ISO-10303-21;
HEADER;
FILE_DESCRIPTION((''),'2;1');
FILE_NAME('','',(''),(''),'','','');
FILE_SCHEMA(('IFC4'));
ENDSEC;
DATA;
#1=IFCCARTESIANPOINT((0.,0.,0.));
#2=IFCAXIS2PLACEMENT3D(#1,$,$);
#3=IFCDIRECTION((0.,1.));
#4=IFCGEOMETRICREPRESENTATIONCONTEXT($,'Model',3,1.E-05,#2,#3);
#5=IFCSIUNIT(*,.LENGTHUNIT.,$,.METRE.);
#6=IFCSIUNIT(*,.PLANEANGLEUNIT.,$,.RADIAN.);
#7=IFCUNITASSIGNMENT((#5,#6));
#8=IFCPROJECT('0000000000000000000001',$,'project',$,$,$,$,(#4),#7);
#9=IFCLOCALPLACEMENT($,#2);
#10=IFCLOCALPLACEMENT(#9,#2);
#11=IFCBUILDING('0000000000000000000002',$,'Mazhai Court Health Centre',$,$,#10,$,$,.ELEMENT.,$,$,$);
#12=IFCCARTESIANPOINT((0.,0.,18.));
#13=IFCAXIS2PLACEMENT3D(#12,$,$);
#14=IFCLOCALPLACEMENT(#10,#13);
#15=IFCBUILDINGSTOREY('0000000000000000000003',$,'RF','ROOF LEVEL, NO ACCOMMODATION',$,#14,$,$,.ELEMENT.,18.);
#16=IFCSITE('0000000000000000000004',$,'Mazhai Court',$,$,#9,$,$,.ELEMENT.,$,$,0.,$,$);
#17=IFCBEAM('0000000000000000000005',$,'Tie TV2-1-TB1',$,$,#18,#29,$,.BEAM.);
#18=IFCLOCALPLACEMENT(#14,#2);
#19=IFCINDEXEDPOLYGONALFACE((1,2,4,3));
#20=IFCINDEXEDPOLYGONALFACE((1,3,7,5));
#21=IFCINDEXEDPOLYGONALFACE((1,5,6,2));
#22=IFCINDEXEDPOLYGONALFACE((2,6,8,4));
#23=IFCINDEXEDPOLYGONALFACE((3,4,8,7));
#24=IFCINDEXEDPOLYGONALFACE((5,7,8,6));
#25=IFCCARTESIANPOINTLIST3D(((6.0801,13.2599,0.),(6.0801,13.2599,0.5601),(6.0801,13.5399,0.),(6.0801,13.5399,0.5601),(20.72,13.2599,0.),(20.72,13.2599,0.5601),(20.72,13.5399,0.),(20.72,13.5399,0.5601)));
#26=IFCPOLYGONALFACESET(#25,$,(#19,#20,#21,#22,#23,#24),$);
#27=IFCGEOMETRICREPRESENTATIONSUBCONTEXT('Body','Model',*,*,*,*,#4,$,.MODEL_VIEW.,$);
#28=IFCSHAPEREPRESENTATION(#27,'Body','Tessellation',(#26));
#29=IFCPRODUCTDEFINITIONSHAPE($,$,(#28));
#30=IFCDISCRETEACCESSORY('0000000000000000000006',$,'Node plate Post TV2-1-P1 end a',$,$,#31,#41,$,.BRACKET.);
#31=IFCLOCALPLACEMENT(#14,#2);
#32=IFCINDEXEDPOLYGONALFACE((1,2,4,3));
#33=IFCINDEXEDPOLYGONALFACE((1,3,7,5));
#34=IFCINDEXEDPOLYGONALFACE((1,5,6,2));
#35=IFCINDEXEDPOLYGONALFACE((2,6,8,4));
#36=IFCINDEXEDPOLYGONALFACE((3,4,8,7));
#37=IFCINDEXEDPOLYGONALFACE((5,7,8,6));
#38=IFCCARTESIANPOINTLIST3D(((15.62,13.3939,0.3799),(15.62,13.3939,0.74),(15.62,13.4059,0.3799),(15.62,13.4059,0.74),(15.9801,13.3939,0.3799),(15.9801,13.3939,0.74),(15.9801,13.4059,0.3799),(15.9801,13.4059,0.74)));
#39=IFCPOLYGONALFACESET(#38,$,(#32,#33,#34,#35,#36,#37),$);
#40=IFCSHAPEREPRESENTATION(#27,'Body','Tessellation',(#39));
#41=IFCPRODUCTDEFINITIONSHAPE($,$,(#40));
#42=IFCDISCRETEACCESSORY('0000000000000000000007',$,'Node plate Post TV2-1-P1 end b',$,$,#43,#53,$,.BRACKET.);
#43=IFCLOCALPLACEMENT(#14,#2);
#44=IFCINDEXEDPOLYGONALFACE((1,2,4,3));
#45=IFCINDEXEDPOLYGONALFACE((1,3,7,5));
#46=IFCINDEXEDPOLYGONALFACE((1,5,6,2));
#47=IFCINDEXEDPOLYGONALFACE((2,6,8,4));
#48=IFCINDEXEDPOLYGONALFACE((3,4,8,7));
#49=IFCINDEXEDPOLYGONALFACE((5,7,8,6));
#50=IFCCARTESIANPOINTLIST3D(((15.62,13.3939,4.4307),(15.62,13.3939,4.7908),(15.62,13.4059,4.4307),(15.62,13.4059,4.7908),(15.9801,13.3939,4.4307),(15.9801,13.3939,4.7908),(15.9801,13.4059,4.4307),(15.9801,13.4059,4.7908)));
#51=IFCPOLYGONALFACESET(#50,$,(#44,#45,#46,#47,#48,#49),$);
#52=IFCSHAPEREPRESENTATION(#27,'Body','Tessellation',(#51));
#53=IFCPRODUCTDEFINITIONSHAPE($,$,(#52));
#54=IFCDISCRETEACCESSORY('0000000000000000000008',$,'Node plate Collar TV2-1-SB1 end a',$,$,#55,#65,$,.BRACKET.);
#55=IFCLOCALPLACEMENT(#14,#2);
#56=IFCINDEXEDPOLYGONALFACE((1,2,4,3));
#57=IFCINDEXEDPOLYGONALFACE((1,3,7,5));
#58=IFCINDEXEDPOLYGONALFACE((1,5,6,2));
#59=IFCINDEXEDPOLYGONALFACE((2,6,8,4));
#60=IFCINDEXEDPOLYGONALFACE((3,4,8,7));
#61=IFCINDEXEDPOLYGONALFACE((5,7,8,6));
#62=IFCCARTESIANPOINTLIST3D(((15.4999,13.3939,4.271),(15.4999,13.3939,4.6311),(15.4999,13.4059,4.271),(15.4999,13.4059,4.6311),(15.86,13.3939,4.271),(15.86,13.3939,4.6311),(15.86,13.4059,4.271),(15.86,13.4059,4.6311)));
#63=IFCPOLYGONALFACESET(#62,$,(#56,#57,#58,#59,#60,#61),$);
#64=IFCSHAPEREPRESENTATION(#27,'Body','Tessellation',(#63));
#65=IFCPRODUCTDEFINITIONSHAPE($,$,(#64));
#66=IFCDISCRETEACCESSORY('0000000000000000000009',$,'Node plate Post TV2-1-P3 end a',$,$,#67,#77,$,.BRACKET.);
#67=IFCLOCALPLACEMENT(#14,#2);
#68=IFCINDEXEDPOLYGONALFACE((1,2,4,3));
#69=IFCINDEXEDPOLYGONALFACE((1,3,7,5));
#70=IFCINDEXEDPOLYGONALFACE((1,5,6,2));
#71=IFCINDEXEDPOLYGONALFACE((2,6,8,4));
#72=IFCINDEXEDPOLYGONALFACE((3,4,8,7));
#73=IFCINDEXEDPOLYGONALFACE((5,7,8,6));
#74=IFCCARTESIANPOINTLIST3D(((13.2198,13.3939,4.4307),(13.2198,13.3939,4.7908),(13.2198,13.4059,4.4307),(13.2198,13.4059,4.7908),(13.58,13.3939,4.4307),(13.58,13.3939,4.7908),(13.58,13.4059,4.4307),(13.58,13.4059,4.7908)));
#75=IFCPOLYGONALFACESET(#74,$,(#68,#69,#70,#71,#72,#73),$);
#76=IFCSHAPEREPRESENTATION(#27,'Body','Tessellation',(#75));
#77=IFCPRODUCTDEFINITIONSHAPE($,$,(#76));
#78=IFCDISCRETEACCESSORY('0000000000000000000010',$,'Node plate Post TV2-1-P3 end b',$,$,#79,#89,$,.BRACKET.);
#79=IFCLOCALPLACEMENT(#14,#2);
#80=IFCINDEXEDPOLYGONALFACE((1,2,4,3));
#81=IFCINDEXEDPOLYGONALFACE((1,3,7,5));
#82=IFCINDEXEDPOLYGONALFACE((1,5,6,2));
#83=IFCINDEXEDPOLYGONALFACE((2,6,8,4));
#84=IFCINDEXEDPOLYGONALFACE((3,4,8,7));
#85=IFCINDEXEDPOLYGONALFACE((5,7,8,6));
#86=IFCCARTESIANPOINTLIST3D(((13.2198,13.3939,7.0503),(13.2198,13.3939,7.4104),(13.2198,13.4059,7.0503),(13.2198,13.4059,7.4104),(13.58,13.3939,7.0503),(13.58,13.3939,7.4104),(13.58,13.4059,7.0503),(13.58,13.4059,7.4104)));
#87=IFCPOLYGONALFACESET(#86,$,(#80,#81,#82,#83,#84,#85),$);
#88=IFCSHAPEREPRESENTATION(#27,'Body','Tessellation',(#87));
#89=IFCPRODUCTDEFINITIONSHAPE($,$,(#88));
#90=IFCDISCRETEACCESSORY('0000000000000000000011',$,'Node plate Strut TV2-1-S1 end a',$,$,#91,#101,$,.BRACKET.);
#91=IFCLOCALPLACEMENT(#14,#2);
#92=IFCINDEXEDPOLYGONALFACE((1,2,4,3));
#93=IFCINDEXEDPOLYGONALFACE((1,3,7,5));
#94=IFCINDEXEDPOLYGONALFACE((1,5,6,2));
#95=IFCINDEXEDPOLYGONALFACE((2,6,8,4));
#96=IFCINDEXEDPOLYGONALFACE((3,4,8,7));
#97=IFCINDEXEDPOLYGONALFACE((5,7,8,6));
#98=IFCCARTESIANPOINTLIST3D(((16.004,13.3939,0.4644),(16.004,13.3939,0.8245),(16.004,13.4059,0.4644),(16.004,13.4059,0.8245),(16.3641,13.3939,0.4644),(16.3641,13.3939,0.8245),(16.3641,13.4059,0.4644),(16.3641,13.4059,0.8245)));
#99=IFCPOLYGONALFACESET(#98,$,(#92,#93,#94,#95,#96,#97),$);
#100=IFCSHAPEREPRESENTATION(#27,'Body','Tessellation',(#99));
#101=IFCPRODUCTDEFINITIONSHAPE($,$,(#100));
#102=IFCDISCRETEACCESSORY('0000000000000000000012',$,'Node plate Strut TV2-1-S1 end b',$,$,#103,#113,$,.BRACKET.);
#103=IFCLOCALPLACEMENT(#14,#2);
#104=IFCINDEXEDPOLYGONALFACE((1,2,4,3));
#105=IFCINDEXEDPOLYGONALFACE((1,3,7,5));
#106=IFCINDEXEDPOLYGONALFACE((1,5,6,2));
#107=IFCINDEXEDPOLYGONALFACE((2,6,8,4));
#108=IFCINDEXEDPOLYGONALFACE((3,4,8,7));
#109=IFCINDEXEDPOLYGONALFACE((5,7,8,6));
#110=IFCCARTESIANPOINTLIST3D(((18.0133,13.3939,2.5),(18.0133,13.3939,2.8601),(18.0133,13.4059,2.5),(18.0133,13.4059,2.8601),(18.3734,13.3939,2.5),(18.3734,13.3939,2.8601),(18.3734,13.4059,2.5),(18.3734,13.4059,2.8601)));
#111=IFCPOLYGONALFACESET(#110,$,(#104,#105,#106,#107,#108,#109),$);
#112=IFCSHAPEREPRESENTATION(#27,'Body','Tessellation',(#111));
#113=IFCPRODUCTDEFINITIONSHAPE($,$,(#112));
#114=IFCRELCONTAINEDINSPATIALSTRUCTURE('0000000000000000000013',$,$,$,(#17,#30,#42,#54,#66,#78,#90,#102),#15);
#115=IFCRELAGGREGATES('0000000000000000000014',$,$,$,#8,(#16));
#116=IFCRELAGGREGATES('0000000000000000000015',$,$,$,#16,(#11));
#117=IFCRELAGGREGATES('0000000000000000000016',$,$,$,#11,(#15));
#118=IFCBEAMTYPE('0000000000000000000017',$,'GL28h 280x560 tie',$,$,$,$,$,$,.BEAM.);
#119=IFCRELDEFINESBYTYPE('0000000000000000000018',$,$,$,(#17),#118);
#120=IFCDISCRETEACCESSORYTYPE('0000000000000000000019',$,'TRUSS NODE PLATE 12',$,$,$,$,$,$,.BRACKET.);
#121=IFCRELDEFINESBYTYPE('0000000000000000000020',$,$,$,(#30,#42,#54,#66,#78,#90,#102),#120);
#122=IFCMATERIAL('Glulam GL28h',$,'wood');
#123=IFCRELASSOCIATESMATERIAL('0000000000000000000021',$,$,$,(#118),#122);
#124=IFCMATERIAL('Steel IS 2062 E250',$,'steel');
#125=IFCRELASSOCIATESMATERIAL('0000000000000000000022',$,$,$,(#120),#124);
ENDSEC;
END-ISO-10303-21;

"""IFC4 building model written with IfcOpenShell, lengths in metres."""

from ifc_helpers import new_model, si_unit, direction, frame, origin, origin_2d, place, context, subcontext, project, spatial, rectangle, extrude, material, material_profile, profile_set, type_object, element, save


model = new_model("IFC4")

# Units and contexts
model_context = context("Model", 3, precision=1e-05, world=origin(), true_north=direction((0.0, 1.0)))
body_context = subcontext(model_context, "Body", "Model", "MODEL_VIEW")
ifc_project = project(units=[si_unit("LENGTHUNIT", "METRE"), si_unit("PLANEANGLEUNIT", "RADIAN")], contexts=[model_context])

# Site, building, storey
site_placement = place(None, origin())
site = spatial("IfcSite", under=ifc_project, at=site_placement, Name="Mazhai Court", CompositionType="ELEMENT", RefElevation=0.0)
building_placement = place(site_placement, origin())
building = spatial("IfcBuilding", under=site, at=building_placement, Name="Mazhai Court Health Centre", CompositionType="ELEMENT")
storey_placement = place(building_placement, frame((0.0, 0.0, 18.0)))
storey = spatial("IfcBuildingStorey", under=building, at=storey_placement, Name="RF", Description="ROOF LEVEL, NO ACCOMMODATION", CompositionType="ELEMENT", Elevation=18.0)

# Beam
ifc_material_1 = material(Name="Glulam GL28h", Category="wood")
ifc_material_profile_1 = material_profile(ifc_material_1, rectangle(XDim=0.28, YDim=0.5601, at=origin_2d()), Name="GL28h 280x560")
ifc_profile_set_1 = profile_set([ifc_material_profile_1], Name="Glulam GL28h")
beam_type = type_object("IfcBeamType", Name="GL28h 280x560 tie", PredefinedType="BEAM", material=ifc_profile_set_1)
beam_placement = place(storey_placement, frame((20.72, 13.3999, 0.28), z_axis=(-1.0, 0.0, 0.0), x_axis=(0.0, -1.0, 0.0)))
element("IfcBeam", 1, at=beam_placement, inside=storey, type_object=beam_type, Name="Tie TV2-1-TB1", PredefinedType="BEAM", context=body_context, shape_type="SweptSolid", body=[
    extrude(rectangle(XDim=0.28, YDim=0.5601, at=origin_2d()), origin(), (0.0, 0.0, 1.0), 14.6399),
])

# Discrete accessories
ifc_material_2 = material(Name="Steel IS 2062 E250", Category="steel")
discrete_accessory_type = type_object("IfcDiscreteAccessoryType", Name="TRUSS NODE PLATE 12", PredefinedType="BRACKET", material=ifc_material_2)
for number, where, z_axis, x_axis, name in (
    (2, (15.8, 13.3999, 0.3799), (0.0, 0.0, 1.0), (1.0, 0.0, 0.0), "Node plate Post TV2-1-P1 end a"),
    (3, (15.8, 13.3999, 4.4307), (0.0, 0.0, 1.0), (1.0, 0.0, 0.0), "Node plate Post TV2-1-P1 end b"),
    (4, (15.6799, 13.3999, 4.271), (0.0, 0.0, 1.0), (1.0, 0.0, 0.0), "Node plate Collar TV2-1-SB1 end a"),
    (5, (13.3999, 13.3999, 4.4307), (0.0, 0.0, 1.0), (1.0, 0.0, 0.0), "Node plate Post TV2-1-P3 end a"),
    (6, (13.3999, 13.3999, 7.0503), (0.0, 0.0, 1.0), (1.0, 0.0, 0.0), "Node plate Post TV2-1-P3 end b"),
    (7, (16.1841, 13.3999, 0.4644), (0.0, 0.0, 1.0), (1.0, 0.0, 0.0), "Node plate Strut TV2-1-S1 end a"),
    (8, (18.1934, 13.3999, 2.5), (0.0, 0.0, 1.0), (1.0, 0.0, 0.0), "Node plate Strut TV2-1-S1 end b"),
):
    element("IfcDiscreteAccessory", number, at=place(storey_placement, frame(where, z_axis=z_axis, x_axis=x_axis)), inside=storey, type_object=discrete_accessory_type, Name=name, PredefinedType="BRACKET", context=body_context, shape_type="SweptSolid", body=[
        extrude(rectangle(XDim=0.3601, YDim=0.012, at=origin_2d()), origin(), (0.0, 0.0, 1.0), 0.3601),
    ])

save(model, "model.ifc")
